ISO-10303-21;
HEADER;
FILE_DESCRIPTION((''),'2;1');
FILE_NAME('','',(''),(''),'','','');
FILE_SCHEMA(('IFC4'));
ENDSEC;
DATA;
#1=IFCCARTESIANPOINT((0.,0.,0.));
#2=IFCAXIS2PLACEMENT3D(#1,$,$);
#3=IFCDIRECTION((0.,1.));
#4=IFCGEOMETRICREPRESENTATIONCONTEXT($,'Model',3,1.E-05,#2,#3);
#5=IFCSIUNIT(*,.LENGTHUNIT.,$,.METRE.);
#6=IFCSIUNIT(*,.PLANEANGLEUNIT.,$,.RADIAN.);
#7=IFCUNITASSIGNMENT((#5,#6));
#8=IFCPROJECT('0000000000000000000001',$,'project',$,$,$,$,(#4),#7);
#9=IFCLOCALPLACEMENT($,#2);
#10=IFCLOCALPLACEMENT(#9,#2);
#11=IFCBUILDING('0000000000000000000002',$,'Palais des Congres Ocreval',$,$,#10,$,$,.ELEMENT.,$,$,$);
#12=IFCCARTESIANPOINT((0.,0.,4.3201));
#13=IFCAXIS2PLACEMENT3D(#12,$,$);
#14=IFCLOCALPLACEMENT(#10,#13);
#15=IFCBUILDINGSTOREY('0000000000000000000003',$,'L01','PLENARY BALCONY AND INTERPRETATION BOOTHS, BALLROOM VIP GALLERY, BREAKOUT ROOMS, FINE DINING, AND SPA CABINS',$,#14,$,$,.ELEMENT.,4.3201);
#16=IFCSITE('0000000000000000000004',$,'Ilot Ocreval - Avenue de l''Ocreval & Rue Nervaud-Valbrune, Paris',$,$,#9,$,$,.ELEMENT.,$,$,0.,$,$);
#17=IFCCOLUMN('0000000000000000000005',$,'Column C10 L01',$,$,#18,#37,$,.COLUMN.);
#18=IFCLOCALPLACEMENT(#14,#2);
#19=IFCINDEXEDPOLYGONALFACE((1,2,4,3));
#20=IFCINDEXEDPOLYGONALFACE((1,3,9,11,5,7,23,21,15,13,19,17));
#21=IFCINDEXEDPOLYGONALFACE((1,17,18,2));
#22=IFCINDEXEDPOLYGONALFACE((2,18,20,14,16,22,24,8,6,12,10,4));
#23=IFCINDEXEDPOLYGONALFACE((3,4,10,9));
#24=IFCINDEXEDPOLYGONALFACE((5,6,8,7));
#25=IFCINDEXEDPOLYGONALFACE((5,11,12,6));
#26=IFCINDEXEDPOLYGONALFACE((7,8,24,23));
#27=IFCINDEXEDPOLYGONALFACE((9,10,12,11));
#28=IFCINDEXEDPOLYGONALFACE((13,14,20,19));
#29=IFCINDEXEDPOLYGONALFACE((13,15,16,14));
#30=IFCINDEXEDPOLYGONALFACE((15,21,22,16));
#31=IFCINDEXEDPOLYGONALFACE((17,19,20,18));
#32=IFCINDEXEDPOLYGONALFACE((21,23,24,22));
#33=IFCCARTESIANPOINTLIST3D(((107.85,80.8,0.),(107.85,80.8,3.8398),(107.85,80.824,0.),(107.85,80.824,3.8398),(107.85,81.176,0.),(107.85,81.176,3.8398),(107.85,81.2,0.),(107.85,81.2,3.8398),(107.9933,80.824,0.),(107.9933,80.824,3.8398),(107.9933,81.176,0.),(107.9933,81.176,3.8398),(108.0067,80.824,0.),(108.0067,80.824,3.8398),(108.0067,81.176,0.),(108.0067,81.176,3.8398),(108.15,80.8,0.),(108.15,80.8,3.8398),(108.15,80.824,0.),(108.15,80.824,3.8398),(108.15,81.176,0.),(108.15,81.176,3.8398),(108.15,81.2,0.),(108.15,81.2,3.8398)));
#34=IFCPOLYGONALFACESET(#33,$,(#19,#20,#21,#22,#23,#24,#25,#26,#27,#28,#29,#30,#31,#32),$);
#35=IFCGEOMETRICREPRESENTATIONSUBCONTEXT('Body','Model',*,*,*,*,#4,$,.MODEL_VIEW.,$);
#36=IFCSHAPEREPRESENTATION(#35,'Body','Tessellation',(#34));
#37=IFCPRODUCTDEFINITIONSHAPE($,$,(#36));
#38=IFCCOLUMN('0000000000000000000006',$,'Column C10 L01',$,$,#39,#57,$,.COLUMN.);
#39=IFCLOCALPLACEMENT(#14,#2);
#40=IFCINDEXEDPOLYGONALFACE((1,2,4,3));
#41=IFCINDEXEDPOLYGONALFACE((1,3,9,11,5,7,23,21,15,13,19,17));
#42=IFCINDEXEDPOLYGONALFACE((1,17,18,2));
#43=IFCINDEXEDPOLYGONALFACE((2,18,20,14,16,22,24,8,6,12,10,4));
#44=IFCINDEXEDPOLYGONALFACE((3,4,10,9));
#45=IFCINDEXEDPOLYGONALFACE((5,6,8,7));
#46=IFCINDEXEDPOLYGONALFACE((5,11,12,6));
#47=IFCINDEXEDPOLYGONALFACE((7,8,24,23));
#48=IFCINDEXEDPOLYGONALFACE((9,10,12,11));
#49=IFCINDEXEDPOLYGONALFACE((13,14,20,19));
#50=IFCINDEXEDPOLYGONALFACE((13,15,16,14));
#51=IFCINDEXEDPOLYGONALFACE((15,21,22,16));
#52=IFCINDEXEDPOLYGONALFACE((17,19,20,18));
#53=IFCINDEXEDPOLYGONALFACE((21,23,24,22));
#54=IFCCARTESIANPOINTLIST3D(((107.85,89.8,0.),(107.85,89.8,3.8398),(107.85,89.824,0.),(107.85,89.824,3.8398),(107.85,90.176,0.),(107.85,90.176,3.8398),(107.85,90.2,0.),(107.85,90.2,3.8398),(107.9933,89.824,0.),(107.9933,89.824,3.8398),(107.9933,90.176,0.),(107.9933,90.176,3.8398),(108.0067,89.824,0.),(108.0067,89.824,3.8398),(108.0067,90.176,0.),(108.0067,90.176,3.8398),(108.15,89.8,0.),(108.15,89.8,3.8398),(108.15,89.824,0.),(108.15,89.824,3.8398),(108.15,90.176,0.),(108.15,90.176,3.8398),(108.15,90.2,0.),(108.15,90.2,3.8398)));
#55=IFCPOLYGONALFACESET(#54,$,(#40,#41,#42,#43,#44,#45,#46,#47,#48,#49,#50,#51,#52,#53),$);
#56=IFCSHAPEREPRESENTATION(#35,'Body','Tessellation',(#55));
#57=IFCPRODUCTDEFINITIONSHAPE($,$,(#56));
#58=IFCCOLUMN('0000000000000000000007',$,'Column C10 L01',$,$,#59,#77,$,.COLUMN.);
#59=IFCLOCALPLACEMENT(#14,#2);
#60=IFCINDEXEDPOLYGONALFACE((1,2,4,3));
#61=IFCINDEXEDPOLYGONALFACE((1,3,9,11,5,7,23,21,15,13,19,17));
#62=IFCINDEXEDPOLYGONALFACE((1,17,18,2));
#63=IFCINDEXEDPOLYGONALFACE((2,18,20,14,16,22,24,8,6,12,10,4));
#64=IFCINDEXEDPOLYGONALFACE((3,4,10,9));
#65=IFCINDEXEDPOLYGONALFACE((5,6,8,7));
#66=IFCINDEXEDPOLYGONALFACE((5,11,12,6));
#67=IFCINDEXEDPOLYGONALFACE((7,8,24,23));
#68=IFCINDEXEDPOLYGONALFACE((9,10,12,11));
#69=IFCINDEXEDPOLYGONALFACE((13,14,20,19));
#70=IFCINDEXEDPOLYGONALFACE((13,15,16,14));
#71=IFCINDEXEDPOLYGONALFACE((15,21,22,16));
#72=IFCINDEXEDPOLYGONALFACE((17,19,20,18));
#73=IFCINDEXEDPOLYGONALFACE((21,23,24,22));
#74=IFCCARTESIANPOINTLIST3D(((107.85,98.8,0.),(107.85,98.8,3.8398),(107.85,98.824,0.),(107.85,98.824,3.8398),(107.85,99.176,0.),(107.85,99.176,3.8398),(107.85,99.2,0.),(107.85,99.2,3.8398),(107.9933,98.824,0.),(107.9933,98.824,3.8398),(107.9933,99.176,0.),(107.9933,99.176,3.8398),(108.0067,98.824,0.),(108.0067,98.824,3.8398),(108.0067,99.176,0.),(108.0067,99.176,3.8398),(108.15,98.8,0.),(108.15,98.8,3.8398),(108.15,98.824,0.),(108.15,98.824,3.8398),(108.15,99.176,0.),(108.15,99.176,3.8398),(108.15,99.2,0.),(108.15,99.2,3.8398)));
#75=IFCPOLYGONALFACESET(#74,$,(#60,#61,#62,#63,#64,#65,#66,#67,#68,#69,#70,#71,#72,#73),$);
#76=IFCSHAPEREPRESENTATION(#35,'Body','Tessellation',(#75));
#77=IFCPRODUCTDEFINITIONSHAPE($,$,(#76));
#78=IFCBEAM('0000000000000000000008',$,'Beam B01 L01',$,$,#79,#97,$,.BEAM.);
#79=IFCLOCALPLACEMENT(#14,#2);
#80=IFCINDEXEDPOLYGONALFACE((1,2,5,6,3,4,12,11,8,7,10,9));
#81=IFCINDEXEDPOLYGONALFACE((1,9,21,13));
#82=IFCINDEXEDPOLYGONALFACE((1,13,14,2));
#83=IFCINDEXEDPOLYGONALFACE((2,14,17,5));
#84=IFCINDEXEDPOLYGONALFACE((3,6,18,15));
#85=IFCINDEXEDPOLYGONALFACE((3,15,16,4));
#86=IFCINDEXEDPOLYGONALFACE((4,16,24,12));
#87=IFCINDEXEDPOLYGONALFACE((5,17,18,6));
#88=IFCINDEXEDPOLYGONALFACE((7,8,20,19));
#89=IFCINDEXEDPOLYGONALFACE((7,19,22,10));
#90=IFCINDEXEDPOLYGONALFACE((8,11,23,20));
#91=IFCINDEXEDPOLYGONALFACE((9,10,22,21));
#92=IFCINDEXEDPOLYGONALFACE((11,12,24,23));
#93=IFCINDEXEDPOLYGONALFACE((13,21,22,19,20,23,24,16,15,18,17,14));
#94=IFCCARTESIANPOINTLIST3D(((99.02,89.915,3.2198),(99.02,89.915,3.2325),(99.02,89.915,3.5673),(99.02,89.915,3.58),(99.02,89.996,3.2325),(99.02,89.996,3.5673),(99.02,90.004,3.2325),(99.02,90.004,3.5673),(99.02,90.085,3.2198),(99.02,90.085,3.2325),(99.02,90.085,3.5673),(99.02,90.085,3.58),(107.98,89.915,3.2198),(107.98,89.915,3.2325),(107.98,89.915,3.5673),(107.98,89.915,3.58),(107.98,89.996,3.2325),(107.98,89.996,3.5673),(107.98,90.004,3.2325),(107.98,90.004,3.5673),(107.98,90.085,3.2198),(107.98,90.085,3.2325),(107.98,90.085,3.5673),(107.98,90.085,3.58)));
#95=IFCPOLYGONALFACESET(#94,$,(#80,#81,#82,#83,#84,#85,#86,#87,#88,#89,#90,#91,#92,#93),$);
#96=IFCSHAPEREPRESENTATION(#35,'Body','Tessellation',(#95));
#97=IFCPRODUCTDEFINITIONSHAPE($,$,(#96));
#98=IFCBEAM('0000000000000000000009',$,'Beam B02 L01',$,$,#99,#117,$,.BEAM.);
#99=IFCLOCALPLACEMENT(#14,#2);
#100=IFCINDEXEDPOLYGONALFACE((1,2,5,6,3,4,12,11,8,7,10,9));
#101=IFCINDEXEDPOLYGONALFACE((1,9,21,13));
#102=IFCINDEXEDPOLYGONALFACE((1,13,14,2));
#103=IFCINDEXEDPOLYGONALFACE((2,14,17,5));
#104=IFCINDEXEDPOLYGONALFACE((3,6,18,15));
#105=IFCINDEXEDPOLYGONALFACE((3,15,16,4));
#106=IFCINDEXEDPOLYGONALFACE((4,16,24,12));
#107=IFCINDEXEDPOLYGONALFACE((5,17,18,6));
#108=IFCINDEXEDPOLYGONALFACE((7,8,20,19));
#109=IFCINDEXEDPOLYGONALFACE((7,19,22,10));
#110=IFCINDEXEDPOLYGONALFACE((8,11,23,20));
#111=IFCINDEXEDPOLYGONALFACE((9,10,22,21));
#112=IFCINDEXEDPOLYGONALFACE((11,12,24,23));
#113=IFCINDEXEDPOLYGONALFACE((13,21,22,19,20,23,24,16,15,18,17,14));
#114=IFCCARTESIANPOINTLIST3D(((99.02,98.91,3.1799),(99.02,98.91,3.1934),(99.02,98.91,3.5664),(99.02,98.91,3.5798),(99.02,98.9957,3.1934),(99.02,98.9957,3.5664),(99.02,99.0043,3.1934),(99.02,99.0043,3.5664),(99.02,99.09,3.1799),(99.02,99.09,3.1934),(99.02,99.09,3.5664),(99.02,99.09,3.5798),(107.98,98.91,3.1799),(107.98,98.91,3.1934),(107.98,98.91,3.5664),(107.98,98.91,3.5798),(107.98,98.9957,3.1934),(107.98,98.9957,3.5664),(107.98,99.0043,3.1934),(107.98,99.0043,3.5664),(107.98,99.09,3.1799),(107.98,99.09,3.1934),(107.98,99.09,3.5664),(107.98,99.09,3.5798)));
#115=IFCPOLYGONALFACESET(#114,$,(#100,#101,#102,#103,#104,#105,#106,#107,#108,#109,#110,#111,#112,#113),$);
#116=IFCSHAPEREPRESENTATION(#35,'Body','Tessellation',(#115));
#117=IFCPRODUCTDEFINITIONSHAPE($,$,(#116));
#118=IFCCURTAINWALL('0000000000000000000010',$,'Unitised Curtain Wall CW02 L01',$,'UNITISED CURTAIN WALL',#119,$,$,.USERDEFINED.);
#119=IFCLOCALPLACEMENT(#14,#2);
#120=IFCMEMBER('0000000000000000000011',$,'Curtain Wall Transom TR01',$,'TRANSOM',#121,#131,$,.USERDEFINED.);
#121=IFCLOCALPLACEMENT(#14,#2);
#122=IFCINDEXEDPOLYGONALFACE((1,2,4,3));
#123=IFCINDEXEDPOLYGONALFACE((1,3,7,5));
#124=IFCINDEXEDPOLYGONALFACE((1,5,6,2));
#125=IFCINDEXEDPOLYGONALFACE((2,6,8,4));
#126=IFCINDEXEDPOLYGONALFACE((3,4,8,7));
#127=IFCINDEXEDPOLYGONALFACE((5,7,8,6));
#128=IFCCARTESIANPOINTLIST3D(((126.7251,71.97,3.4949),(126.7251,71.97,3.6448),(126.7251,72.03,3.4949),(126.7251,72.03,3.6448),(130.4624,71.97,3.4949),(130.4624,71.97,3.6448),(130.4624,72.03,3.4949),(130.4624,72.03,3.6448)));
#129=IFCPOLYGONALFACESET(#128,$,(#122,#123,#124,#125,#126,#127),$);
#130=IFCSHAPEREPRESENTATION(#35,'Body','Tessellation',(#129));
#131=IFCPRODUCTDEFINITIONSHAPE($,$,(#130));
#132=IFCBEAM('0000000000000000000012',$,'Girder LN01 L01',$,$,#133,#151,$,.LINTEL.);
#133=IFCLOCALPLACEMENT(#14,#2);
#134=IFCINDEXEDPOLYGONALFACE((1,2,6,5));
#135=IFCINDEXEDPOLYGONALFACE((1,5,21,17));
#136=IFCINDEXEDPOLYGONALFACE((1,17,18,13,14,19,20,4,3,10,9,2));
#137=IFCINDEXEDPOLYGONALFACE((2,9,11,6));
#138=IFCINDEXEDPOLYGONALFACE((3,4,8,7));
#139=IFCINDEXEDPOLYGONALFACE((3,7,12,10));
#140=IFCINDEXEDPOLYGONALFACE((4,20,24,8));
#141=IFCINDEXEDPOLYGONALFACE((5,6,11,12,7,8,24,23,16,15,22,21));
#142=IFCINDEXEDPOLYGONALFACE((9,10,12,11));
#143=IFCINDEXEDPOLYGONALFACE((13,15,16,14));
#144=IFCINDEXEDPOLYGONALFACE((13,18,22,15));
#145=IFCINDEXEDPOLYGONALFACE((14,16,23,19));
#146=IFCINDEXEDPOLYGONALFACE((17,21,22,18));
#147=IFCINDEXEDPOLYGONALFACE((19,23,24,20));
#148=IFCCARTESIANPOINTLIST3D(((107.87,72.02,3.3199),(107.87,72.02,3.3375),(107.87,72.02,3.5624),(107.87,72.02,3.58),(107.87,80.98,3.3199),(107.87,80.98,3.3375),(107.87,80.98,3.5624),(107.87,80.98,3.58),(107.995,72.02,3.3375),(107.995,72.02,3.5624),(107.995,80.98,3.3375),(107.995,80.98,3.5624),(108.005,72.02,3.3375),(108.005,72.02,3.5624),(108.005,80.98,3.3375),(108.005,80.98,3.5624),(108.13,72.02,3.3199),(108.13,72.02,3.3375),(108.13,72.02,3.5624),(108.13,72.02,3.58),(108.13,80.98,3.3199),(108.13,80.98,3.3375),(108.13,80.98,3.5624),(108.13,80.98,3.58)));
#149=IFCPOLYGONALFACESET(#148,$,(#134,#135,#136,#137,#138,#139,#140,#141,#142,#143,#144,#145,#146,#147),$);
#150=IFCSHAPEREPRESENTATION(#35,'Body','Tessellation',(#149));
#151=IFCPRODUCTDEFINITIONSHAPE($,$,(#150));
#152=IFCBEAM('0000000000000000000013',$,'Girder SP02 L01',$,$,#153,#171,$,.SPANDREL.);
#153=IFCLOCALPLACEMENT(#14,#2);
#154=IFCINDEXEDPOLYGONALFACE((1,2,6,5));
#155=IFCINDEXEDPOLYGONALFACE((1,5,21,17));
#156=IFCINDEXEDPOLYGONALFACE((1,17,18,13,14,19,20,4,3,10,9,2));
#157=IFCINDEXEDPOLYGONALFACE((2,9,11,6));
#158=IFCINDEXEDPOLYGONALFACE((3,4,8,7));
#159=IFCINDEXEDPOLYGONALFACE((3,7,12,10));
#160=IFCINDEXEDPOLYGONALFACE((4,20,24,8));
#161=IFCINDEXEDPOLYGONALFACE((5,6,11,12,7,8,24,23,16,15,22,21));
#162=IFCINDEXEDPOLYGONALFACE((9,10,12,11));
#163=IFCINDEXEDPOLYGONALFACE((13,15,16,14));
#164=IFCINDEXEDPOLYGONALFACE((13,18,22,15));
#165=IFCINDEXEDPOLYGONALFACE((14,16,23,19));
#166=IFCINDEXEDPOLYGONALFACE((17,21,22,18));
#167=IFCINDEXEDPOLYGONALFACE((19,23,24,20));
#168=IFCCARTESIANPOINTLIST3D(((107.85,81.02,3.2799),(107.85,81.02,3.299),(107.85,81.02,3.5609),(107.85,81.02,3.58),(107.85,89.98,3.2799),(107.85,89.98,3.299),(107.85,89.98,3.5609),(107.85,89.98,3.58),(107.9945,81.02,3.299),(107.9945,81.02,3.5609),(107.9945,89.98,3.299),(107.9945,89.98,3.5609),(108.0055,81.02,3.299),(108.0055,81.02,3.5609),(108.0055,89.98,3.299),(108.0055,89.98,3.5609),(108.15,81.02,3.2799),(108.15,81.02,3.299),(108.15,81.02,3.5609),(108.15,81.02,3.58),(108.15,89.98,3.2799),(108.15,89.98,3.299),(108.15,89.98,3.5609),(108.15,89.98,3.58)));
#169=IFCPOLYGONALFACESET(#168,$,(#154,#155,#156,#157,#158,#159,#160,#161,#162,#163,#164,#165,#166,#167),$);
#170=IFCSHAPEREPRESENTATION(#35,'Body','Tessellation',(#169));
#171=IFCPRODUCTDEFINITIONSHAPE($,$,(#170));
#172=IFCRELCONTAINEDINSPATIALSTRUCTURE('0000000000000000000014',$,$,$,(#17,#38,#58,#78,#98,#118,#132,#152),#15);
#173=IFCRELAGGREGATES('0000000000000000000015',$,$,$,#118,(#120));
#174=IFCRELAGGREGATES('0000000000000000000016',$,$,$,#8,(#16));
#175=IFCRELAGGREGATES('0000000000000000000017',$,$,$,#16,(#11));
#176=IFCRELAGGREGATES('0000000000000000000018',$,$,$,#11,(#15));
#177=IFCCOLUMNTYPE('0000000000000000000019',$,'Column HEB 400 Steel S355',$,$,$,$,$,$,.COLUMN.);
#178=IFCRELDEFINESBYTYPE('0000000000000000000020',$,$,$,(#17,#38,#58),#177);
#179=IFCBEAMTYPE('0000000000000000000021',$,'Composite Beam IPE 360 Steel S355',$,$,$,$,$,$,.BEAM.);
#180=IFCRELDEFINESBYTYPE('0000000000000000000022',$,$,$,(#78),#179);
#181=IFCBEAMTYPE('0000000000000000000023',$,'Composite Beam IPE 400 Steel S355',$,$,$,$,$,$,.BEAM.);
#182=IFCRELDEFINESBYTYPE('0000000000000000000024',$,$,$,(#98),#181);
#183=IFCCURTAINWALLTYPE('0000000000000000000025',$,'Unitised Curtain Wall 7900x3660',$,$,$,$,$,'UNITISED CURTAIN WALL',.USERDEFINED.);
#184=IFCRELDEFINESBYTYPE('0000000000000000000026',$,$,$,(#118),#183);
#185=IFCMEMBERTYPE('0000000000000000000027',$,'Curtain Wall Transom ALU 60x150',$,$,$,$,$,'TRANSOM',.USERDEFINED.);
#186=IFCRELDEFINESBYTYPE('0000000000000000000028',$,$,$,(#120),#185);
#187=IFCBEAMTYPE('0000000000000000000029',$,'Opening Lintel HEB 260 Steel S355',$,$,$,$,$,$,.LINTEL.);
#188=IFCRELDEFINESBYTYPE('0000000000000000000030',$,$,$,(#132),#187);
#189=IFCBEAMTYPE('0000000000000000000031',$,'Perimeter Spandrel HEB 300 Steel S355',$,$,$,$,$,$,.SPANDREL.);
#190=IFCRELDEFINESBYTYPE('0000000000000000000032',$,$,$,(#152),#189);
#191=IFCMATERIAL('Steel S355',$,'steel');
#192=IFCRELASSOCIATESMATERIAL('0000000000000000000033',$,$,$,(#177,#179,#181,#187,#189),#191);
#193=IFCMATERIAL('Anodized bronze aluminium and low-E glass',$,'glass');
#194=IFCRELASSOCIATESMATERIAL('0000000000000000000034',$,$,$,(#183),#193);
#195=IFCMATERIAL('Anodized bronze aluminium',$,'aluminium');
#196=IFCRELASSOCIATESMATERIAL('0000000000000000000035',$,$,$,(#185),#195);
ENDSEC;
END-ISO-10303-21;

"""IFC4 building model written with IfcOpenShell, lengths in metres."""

from ifc_helpers import new_model, si_unit, direction, frame, origin, origin_2d, place, context, subcontext, project, spatial, rectangle, i_section, extrude, material, material_profile, profile_set, type_object, element, aggregate, save


model = new_model("IFC4")

# Units and contexts
model_context = context("Model", 3, precision=1e-05, world=origin(), true_north=direction((0.0, 1.0)))
body_context = subcontext(model_context, "Body", "Model", "MODEL_VIEW")
ifc_project = project(units=[si_unit("LENGTHUNIT", "METRE"), si_unit("PLANEANGLEUNIT", "RADIAN")], contexts=[model_context])

# Site, building, storey
site_placement = place(None, origin())
site = spatial("IfcSite", under=ifc_project, at=site_placement, Name="Ilot Ocreval - Avenue de l'Ocreval & Rue Nervaud-Valbrune, Paris", CompositionType="ELEMENT", RefElevation=0.0)
building_placement = place(site_placement, origin())
building = spatial("IfcBuilding", under=site, at=building_placement, Name="Palais des Congres Ocreval", CompositionType="ELEMENT")
storey_placement = place(building_placement, frame((0.0, 0.0, 4.3201)))
storey = spatial("IfcBuildingStorey", under=building, at=storey_placement, Name="L01", Description="PLENARY BALCONY AND INTERPRETATION BOOTHS, BALLROOM VIP GALLERY, BREAKOUT ROOMS, FINE DINING, AND SPA CABINS", CompositionType="ELEMENT", Elevation=4.3201)

# Columns
ifc_material_1 = material(Name="Steel S355", Category="steel")
ifc_material_profile_1 = material_profile(ifc_material_1, i_section(OverallWidth=0.3, OverallDepth=0.3999, WebThickness=0.0134, FlangeThickness=0.0239, at=origin_2d()), Name="HEB 400")
ifc_profile_set_1 = profile_set([ifc_material_profile_1], Name="Steel S355")
column_type = type_object("IfcColumnType", Name="Column HEB 400 Steel S355", PredefinedType="COLUMN", material=ifc_profile_set_1)
for number, where, z_axis, x_axis, name in (
    (1, (108.0, 81.0, 0.0), (0.0, 0.0, 1.0), (1.0, 0.0, 0.0), "Column C10 L01"),
    (2, (108.0, 90.0, 0.0), (0.0, 0.0, 1.0), (1.0, 0.0, 0.0), "Column C10 L01"),
    (3, (108.0, 99.0, 0.0), (0.0, 0.0, 1.0), (1.0, 0.0, 0.0), "Column C10 L01"),
):
    element("IfcColumn", number, at=place(storey_placement, frame(where, z_axis=z_axis, x_axis=x_axis)), inside=storey, type_object=column_type, Name=name, PredefinedType="COLUMN", context=body_context, shape_type="SweptSolid", body=[
        extrude(i_section(OverallWidth=0.3, OverallDepth=0.3999, WebThickness=0.0134, FlangeThickness=0.0239, at=origin_2d()), origin(), (0.0, 0.0, 1.0), 3.8398),
    ])

# Beams
ifc_material_profile_2 = material_profile(ifc_material_1, i_section(OverallWidth=0.1699, OverallDepth=0.3601, WebThickness=0.0081, FlangeThickness=0.0127, at=origin_2d()), Name="IPE 360")
ifc_profile_set_2 = profile_set([ifc_material_profile_2], Name="Steel S355")
beam_type_1 = type_object("IfcBeamType", Name="Composite Beam IPE 360 Steel S355", PredefinedType="BEAM", material=ifc_profile_set_2)
beam_1_placement = place(storey_placement, frame((99.02, 90.0, 3.3999), z_axis=(1.0, 0.0, 0.0), x_axis=(0.0, 1.0, 0.0)))
element("IfcBeam", 4, at=beam_1_placement, inside=storey, type_object=beam_type_1, Name="Beam B01 L01", PredefinedType="BEAM", context=body_context, shape_type="SweptSolid", body=[
    extrude(i_section(OverallWidth=0.1699, OverallDepth=0.3601, WebThickness=0.0081, FlangeThickness=0.0127, at=origin_2d()), origin(), (0.0, 0.0, 1.0), 8.96),
])
ifc_material_profile_3 = material_profile(ifc_material_1, i_section(OverallWidth=0.1799, OverallDepth=0.3999, WebThickness=0.0085, FlangeThickness=0.0134, at=origin_2d()), Name="IPE 400")
ifc_profile_set_3 = profile_set([ifc_material_profile_3], Name="Steel S355")
beam_type_2 = type_object("IfcBeamType", Name="Composite Beam IPE 400 Steel S355", PredefinedType="BEAM", material=ifc_profile_set_3)
beam_2_placement = place(storey_placement, frame((99.02, 99.0, 3.3799), z_axis=(1.0, 0.0, 0.0), x_axis=(0.0, 1.0, 0.0)))
element("IfcBeam", 5, at=beam_2_placement, inside=storey, type_object=beam_type_2, Name="Beam B02 L01", PredefinedType="BEAM", context=body_context, shape_type="SweptSolid", body=[
    extrude(i_section(OverallWidth=0.1799, OverallDepth=0.3999, WebThickness=0.0085, FlangeThickness=0.0134, at=origin_2d()), origin(), (0.0, 0.0, 1.0), 8.96),
])

# Curtain wall, member
ifc_material_2 = material(Name="Anodized bronze aluminium and low-E glass", Category="glass")
curtain_wall_type = type_object("IfcCurtainWallType", Name="Unitised Curtain Wall 7900x3660", ElementType="UNITISED CURTAIN WALL", PredefinedType="USERDEFINED", material=ifc_material_2)
curtain_wall_placement = place(storey_placement, origin())
curtain_wall = element("IfcCurtainWall", 6, at=curtain_wall_placement, inside=storey, type_object=curtain_wall_type, Name="Unitised Curtain Wall CW02 L01", ObjectType="UNITISED CURTAIN WALL", PredefinedType="USERDEFINED")
ifc_material_3 = material(Name="Anodized bronze aluminium", Category="aluminium")
ifc_material_profile_4 = material_profile(ifc_material_3, rectangle(XDim=0.0601, YDim=0.1499, at=origin_2d()), Name="ALU 60x150")
ifc_profile_set_4 = profile_set([ifc_material_profile_4], Name="Anodized bronze aluminium")
member_type_1 = type_object("IfcMemberType", Name="Curtain Wall Transom ALU 60x150", ElementType="TRANSOM", PredefinedType="USERDEFINED", material=ifc_profile_set_4)
member_1_placement = place(storey_placement, frame((130.4624, 72.0, 3.5698), z_axis=(-1.0, 0.0, 0.0), x_axis=(0.0, -1.0, 0.0)))
member_1 = element("IfcMember", 7, at=member_1_placement, type_object=member_type_1, Name="Curtain Wall Transom TR01", ObjectType="TRANSOM", PredefinedType="USERDEFINED", context=body_context, shape_type="SweptSolid", body=[
    extrude(rectangle(XDim=0.0601, YDim=0.1499, at=origin_2d()), origin(), (0.0, 0.0, 1.0), 3.7373),
])
aggregate(curtain_wall, [member_1])

# Beams
ifc_material_profile_5 = material_profile(ifc_material_1, i_section(OverallWidth=0.26, OverallDepth=0.26, WebThickness=0.01, FlangeThickness=0.0176, at=origin_2d()), Name="HEB 260")
ifc_profile_set_5 = profile_set([ifc_material_profile_5], Name="Steel S355")
beam_type_3 = type_object("IfcBeamType", Name="Opening Lintel HEB 260 Steel S355", PredefinedType="LINTEL", material=ifc_profile_set_5)
beam_3_placement = place(storey_placement, frame((108.0, 72.02, 3.45), z_axis=(0.0, 1.0, 0.0), x_axis=(-1.0, 0.0, 0.0)))
element("IfcBeam", 8, at=beam_3_placement, inside=storey, type_object=beam_type_3, Name="Girder LN01 L01", PredefinedType="LINTEL", context=body_context, shape_type="SweptSolid", body=[
    extrude(i_section(OverallWidth=0.26, OverallDepth=0.26, WebThickness=0.01, FlangeThickness=0.0176, at=origin_2d()), origin(), (0.0, 0.0, 1.0), 8.96),
])
ifc_material_profile_6 = material_profile(ifc_material_1, i_section(OverallWidth=0.3, OverallDepth=0.3, WebThickness=0.011, FlangeThickness=0.019, at=origin_2d()), Name="HEB 300")
ifc_profile_set_6 = profile_set([ifc_material_profile_6], Name="Steel S355")
beam_type_4 = type_object("IfcBeamType", Name="Perimeter Spandrel HEB 300 Steel S355", PredefinedType="SPANDREL", material=ifc_profile_set_6)
beam_4_placement = place(storey_placement, frame((108.0, 81.02, 3.4299), z_axis=(0.0, 1.0, 0.0), x_axis=(-1.0, 0.0, 0.0)))
element("IfcBeam", 9, at=beam_4_placement, inside=storey, type_object=beam_type_4, Name="Girder SP02 L01", PredefinedType="SPANDREL", context=body_context, shape_type="SweptSolid", body=[
    extrude(i_section(OverallWidth=0.3, OverallDepth=0.3, WebThickness=0.011, FlangeThickness=0.019, at=origin_2d()), origin(), (0.0, 0.0, 1.0), 8.96),
])

save(model, "model.ifc")
